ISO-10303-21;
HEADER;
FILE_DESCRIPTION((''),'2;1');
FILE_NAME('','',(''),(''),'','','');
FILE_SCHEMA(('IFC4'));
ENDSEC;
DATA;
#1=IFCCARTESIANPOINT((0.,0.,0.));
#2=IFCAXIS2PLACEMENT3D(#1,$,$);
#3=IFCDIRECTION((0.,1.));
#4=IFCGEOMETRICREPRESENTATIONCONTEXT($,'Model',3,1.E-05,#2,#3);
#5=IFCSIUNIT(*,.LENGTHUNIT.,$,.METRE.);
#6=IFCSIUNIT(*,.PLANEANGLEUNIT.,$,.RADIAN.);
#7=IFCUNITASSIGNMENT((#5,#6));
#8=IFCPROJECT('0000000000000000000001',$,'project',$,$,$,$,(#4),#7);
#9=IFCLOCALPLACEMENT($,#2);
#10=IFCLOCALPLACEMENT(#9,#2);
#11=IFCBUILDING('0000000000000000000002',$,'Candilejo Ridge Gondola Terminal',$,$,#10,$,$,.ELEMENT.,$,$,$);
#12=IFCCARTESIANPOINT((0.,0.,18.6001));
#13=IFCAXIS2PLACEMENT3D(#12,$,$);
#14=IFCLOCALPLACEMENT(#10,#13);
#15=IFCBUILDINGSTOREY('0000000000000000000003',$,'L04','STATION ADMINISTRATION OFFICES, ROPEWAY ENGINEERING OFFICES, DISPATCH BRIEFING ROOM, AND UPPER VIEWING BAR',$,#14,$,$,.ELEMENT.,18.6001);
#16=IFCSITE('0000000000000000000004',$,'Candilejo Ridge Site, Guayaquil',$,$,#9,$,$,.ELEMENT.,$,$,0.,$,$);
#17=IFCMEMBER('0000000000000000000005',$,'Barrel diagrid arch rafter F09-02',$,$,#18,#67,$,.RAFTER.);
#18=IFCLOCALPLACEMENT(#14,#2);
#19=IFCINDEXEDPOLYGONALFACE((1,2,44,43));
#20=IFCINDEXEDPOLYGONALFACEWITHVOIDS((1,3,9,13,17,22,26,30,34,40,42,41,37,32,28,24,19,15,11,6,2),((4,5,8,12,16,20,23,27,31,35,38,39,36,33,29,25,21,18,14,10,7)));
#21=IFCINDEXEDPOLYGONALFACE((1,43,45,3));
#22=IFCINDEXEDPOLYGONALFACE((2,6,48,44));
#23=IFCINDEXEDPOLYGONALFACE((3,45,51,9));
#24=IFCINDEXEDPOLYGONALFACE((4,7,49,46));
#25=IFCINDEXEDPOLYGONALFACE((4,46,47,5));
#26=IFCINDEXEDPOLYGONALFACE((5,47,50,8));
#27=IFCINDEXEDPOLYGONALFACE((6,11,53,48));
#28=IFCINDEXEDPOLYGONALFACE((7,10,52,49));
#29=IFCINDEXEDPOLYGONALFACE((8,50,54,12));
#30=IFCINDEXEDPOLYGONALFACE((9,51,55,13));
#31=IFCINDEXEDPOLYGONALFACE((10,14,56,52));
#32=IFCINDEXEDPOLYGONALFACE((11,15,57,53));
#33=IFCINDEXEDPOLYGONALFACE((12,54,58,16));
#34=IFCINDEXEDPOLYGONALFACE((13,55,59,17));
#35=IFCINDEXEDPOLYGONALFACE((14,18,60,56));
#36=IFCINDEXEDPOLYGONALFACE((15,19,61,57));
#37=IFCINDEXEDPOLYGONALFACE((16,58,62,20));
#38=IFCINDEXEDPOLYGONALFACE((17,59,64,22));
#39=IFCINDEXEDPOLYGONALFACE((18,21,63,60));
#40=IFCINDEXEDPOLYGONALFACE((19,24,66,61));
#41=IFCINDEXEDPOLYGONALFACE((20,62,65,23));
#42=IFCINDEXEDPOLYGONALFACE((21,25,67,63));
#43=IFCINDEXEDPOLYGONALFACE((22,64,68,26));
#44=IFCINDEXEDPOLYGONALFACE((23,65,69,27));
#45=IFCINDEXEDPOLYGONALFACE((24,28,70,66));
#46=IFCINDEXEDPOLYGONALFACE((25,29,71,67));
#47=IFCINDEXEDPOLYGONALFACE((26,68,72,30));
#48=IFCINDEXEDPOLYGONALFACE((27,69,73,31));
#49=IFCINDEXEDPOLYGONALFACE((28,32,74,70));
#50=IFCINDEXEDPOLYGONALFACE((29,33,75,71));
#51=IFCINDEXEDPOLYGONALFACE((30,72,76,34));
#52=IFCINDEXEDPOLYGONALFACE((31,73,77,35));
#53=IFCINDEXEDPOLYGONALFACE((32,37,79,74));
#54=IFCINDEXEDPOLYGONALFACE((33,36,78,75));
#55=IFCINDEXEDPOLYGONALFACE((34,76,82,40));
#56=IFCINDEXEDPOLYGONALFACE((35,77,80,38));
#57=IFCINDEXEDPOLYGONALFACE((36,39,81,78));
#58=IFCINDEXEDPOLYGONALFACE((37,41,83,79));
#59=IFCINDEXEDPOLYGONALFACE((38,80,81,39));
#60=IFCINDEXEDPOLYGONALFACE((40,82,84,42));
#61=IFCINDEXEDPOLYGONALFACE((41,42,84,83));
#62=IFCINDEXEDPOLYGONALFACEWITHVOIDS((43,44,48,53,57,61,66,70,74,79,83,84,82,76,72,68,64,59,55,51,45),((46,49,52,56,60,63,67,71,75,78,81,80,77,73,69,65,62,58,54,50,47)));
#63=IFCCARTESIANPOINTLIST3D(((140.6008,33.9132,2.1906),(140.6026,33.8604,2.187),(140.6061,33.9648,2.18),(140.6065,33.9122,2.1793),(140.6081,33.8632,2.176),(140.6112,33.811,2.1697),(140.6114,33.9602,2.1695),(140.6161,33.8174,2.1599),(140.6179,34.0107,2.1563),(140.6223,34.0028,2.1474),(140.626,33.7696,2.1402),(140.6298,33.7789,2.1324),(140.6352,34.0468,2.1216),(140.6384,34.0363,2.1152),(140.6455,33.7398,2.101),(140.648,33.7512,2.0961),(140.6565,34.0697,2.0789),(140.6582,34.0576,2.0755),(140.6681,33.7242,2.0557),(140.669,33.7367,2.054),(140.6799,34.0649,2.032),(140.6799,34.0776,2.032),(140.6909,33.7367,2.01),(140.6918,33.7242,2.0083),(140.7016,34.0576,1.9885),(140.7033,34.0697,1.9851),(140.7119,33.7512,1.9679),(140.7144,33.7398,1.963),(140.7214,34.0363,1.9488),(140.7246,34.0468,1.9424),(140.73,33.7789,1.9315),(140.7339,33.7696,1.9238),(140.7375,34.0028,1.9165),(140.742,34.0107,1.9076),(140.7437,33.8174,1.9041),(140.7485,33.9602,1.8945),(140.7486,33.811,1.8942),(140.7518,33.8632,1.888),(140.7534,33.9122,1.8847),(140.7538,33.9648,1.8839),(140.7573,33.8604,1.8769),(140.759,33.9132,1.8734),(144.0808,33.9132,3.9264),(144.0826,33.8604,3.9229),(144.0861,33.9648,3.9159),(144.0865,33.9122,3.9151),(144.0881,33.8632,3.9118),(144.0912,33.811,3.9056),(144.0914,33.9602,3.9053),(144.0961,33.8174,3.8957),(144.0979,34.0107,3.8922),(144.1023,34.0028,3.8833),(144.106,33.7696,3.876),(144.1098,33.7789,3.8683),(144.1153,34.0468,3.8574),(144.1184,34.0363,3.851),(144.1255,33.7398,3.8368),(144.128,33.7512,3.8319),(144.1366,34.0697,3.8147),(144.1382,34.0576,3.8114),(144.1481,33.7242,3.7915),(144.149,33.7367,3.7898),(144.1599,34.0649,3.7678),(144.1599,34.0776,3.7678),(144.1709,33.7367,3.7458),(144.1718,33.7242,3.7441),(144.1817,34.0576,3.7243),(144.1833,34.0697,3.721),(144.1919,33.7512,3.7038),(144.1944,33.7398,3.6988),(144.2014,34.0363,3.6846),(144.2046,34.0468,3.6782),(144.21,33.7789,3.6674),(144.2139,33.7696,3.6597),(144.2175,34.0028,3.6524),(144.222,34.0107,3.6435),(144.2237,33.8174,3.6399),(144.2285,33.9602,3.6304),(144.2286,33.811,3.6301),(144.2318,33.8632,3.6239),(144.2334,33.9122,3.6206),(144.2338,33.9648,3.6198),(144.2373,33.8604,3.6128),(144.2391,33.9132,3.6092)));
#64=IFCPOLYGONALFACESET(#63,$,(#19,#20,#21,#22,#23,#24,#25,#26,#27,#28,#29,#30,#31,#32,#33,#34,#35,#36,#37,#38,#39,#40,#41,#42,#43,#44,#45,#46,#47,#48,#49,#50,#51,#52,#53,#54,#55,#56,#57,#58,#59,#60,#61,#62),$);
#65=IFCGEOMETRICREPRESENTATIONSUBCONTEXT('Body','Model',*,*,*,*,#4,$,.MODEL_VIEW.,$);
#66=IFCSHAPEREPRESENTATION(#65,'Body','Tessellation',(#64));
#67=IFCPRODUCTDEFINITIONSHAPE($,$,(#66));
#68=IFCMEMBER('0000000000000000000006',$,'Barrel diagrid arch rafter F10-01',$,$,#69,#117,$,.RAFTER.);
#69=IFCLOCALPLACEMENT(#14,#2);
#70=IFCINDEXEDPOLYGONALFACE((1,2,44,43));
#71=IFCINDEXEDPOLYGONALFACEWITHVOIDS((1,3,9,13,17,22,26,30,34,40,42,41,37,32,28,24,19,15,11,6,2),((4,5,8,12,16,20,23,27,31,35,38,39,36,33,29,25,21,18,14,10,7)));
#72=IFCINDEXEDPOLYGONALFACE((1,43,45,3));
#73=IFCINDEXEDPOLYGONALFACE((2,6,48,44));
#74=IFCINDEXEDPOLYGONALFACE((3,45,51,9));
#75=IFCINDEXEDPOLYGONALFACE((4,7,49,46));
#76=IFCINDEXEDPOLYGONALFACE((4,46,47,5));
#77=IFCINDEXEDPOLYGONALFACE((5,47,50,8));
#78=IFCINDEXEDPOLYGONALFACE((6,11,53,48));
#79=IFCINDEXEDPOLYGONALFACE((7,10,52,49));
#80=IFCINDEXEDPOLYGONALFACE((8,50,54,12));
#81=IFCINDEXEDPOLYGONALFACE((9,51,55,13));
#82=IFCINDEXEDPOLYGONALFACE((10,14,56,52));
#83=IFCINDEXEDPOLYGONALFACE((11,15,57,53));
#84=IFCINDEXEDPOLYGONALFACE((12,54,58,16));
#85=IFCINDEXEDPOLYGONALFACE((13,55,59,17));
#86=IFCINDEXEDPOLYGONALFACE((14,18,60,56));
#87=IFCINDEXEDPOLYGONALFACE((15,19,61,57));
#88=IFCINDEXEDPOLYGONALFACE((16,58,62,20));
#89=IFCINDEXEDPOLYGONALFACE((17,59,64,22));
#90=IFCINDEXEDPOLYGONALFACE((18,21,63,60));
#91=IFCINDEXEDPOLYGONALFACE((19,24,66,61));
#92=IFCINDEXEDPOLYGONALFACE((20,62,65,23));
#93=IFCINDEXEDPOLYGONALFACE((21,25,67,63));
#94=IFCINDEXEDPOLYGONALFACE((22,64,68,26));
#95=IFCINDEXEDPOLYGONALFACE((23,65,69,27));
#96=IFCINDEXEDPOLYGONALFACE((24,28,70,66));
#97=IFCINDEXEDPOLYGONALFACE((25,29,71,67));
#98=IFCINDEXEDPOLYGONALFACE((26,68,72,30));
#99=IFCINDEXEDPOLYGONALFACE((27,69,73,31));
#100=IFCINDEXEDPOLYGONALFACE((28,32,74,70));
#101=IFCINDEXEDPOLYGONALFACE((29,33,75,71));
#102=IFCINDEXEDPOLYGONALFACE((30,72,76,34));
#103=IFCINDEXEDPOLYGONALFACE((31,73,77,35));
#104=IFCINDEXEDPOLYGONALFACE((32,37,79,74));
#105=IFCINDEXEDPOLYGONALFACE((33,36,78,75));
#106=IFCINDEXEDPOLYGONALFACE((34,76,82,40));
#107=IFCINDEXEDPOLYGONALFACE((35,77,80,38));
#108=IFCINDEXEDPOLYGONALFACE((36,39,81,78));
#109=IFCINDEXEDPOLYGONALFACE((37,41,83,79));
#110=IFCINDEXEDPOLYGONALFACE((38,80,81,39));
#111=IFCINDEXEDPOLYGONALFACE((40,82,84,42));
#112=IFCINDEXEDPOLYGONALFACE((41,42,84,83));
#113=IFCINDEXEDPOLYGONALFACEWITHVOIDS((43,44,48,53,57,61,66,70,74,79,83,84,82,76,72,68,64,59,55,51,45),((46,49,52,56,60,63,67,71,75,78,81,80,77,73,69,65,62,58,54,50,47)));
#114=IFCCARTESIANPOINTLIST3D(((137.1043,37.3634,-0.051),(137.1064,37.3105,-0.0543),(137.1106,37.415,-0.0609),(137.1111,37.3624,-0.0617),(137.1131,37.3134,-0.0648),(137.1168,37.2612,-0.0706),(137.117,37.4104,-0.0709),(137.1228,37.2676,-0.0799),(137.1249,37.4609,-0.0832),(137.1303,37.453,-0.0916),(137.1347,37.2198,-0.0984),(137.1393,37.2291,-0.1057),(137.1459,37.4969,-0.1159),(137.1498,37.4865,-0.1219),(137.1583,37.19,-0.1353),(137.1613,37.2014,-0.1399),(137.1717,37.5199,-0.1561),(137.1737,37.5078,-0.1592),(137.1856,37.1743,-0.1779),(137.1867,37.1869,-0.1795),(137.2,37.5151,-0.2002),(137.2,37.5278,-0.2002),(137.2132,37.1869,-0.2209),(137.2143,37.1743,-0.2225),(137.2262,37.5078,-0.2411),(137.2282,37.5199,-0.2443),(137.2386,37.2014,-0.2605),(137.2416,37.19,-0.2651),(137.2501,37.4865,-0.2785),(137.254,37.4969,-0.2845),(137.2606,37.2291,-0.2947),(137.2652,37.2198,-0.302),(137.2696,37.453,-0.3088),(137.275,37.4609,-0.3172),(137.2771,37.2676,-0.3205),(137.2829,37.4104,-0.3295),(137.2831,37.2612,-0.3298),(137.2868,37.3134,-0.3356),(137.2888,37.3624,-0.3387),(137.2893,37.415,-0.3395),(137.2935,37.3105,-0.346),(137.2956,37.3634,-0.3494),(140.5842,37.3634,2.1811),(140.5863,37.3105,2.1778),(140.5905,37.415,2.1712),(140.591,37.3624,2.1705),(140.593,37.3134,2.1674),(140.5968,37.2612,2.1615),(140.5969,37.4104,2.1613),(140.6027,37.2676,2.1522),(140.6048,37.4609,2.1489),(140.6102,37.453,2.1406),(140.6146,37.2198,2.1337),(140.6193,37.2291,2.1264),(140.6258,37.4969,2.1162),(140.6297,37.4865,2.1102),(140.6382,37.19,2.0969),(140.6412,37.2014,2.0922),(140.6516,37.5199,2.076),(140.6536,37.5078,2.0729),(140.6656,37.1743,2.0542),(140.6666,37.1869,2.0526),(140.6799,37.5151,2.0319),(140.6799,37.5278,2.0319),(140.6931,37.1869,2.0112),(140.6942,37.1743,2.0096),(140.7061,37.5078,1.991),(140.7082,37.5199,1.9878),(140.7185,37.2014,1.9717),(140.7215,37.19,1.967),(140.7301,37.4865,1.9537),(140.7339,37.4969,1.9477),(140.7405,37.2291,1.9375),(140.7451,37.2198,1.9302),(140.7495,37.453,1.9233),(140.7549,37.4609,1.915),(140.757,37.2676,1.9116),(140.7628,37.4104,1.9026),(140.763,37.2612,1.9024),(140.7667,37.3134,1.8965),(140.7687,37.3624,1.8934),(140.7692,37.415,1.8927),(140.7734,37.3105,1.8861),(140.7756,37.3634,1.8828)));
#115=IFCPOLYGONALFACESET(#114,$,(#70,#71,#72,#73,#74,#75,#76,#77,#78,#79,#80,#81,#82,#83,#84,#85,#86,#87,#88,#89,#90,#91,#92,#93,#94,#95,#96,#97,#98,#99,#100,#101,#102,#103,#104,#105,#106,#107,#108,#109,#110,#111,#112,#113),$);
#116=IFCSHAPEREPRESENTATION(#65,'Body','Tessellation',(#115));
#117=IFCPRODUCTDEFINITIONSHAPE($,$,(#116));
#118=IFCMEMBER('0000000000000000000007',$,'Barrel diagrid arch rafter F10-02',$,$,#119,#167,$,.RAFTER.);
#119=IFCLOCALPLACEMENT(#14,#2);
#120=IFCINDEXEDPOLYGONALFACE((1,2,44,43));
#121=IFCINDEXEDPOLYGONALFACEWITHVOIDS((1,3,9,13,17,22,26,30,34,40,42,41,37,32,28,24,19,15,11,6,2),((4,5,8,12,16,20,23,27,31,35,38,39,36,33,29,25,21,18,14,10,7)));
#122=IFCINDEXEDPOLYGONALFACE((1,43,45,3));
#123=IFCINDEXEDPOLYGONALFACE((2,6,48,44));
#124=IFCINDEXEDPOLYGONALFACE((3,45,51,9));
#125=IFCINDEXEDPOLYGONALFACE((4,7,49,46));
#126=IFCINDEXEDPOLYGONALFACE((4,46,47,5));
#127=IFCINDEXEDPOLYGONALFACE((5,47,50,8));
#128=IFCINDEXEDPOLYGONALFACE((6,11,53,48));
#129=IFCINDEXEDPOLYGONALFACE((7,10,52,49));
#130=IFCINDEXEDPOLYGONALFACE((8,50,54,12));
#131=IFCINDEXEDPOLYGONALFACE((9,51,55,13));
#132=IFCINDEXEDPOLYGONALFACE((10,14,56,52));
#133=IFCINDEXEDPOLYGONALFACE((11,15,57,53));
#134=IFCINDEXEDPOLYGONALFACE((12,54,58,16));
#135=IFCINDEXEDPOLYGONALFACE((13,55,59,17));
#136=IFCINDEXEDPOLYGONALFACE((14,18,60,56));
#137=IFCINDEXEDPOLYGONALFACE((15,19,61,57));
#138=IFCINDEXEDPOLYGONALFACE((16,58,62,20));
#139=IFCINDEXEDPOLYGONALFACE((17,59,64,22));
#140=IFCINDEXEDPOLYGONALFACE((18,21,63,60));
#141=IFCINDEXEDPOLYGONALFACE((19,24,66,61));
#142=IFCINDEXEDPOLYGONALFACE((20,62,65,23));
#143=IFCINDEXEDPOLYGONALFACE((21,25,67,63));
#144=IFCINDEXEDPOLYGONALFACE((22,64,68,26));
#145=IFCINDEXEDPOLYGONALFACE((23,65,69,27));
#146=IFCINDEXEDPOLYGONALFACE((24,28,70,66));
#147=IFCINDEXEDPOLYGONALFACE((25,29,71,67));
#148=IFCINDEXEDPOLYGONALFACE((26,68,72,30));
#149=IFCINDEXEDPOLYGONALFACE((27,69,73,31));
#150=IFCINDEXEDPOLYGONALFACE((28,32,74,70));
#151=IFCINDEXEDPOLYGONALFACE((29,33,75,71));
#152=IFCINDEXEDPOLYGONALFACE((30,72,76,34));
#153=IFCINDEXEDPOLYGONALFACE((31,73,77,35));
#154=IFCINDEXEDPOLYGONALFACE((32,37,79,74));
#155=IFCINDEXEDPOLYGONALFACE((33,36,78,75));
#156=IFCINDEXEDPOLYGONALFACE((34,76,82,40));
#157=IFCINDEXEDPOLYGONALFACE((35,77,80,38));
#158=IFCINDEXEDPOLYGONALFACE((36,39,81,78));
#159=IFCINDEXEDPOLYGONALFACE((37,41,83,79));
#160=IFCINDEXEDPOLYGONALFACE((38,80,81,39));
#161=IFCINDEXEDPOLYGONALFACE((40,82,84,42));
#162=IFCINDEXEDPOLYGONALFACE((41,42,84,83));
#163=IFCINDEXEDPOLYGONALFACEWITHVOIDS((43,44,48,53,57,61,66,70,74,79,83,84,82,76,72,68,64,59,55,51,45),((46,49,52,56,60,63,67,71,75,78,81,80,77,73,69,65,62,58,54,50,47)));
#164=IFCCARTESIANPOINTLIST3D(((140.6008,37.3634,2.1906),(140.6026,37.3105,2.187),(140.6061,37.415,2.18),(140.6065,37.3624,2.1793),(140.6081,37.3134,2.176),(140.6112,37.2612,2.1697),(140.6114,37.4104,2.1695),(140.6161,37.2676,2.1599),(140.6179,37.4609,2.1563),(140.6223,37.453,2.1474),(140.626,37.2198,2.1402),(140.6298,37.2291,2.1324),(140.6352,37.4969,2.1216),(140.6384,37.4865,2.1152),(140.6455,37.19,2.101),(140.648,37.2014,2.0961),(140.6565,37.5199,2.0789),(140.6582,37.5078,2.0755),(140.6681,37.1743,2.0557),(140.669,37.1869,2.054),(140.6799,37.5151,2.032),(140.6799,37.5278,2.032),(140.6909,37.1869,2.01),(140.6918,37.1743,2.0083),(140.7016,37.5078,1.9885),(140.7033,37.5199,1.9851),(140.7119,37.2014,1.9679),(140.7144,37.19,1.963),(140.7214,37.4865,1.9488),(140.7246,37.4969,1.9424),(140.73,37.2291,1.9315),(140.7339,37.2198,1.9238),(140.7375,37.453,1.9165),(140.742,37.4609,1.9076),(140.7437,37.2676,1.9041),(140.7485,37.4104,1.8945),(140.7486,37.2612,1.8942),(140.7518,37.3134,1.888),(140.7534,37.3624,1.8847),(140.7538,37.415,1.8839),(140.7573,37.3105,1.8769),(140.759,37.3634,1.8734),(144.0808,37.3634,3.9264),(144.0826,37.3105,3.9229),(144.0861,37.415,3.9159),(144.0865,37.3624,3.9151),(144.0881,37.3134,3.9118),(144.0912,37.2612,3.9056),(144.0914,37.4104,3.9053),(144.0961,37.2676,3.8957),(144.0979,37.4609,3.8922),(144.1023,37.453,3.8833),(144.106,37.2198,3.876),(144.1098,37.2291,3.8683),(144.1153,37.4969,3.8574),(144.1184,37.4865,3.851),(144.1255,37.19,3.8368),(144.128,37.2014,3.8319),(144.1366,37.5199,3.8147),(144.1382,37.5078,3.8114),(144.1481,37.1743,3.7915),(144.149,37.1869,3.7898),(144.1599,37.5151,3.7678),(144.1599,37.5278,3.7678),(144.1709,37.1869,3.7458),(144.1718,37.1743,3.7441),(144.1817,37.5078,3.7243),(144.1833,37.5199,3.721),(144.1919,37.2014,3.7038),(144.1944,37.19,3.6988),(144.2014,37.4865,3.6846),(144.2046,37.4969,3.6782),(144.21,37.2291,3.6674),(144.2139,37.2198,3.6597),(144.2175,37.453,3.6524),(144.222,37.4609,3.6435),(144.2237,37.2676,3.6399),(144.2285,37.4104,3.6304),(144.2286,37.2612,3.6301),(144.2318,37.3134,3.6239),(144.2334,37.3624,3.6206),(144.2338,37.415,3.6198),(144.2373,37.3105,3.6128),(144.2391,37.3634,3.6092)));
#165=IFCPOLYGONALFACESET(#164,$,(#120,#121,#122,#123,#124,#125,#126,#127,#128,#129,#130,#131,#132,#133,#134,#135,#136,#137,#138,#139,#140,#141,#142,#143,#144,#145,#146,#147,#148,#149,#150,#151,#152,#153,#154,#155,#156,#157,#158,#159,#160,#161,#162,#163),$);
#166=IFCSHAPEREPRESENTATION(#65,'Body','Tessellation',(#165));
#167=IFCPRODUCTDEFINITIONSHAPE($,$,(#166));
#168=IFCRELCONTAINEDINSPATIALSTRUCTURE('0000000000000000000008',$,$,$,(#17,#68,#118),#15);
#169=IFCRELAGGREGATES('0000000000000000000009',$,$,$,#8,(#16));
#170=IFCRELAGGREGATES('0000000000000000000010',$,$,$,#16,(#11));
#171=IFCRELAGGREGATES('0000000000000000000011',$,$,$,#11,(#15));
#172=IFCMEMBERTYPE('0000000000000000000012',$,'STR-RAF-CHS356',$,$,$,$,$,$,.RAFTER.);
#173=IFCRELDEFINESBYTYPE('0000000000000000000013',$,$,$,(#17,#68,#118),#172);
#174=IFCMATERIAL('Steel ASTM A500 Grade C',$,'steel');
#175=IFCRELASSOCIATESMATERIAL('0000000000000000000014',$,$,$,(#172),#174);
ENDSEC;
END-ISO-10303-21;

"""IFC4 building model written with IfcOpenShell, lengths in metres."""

from ifc_helpers import new_model, si_unit, direction, frame, origin, origin_2d, place, context, subcontext, project, spatial, hollow_circle, extrude, material, material_profile, profile_set, type_object, element, save


model = new_model("IFC4")

# Units and contexts
model_context = context("Model", 3, precision=1e-05, world=origin(), true_north=direction((0.0, 1.0)))
body_context = subcontext(model_context, "Body", "Model", "MODEL_VIEW")
ifc_project = project(units=[si_unit("LENGTHUNIT", "METRE"), si_unit("PLANEANGLEUNIT", "RADIAN")], contexts=[model_context])

# Site, building, storey
site_placement = place(None, origin())
site = spatial("IfcSite", under=ifc_project, at=site_placement, Name="Candilejo Ridge Site, Guayaquil", CompositionType="ELEMENT", RefElevation=0.0)
building_placement = place(site_placement, origin())
building = spatial("IfcBuilding", under=site, at=building_placement, Name="Candilejo Ridge Gondola Terminal", CompositionType="ELEMENT")
storey_placement = place(building_placement, frame((0.0, 0.0, 18.6001)))
storey = spatial("IfcBuildingStorey", under=building, at=storey_placement, Name="L04", Description="STATION ADMINISTRATION OFFICES, ROPEWAY ENGINEERING OFFICES, DISPATCH BRIEFING ROOM, AND UPPER VIEWING BAR", CompositionType="ELEMENT", Elevation=18.6001)

# Members
ifc_material_1 = material(Name="Steel ASTM A500 Grade C", Category="steel")
ifc_material_profile_1 = material_profile(ifc_material_1, hollow_circle(Radius=0.1777, WallThickness=0.0127, at=origin_2d()))
ifc_profile_set_1 = profile_set([ifc_material_profile_1], Name="Steel ASTM A500 Grade C")
member_type_1 = type_object("IfcMemberType", Name="STR-RAF-CHS356", PredefinedType="RAFTER", material=ifc_profile_set_1)
member_1_placement = place(storey_placement, frame((140.6799, 33.8999, 2.032), z_axis=(0.894854, 0.0, 0.44636), x_axis=(0.0, 1.0, 0.0)))
element("IfcMember", 1, at=member_1_placement, inside=storey, type_object=member_type_1, Name="Barrel diagrid arch rafter F09-02", PredefinedType="RAFTER", context=body_context, shape_type="SweptSolid", body=[
    extrude(hollow_circle(Radius=0.1777, WallThickness=0.0127, at=origin_2d()), origin(), (0.0, 0.0, 1.0), 3.8889),
])
member_2_placement = place(storey_placement, frame((137.2, 37.3501, -0.2002), z_axis=(0.841723, 0.0, 0.53991), x_axis=(0.0, 1.0, 0.0)))
element("IfcMember", 2, at=member_2_placement, inside=storey, type_object=member_type_1, Name="Barrel diagrid arch rafter F10-01", PredefinedType="RAFTER", context=body_context, shape_type="SweptSolid", body=[
    extrude(hollow_circle(Radius=0.1777, WallThickness=0.0127, at=origin_2d()), origin(), (0.0, 0.0, 1.0), 4.1343),
])
member_3_placement = place(storey_placement, frame((140.6799, 37.3501, 2.032), z_axis=(0.894854, 0.0, 0.44636), x_axis=(0.0, 1.0, 0.0)))
element("IfcMember", 3, at=member_3_placement, inside=storey, type_object=member_type_1, Name="Barrel diagrid arch rafter F10-02", PredefinedType="RAFTER", context=body_context, shape_type="SweptSolid", body=[
    extrude(hollow_circle(Radius=0.1777, WallThickness=0.0127, at=origin_2d()), origin(), (0.0, 0.0, 1.0), 3.8889),
])

save(model, "model.ifc")
